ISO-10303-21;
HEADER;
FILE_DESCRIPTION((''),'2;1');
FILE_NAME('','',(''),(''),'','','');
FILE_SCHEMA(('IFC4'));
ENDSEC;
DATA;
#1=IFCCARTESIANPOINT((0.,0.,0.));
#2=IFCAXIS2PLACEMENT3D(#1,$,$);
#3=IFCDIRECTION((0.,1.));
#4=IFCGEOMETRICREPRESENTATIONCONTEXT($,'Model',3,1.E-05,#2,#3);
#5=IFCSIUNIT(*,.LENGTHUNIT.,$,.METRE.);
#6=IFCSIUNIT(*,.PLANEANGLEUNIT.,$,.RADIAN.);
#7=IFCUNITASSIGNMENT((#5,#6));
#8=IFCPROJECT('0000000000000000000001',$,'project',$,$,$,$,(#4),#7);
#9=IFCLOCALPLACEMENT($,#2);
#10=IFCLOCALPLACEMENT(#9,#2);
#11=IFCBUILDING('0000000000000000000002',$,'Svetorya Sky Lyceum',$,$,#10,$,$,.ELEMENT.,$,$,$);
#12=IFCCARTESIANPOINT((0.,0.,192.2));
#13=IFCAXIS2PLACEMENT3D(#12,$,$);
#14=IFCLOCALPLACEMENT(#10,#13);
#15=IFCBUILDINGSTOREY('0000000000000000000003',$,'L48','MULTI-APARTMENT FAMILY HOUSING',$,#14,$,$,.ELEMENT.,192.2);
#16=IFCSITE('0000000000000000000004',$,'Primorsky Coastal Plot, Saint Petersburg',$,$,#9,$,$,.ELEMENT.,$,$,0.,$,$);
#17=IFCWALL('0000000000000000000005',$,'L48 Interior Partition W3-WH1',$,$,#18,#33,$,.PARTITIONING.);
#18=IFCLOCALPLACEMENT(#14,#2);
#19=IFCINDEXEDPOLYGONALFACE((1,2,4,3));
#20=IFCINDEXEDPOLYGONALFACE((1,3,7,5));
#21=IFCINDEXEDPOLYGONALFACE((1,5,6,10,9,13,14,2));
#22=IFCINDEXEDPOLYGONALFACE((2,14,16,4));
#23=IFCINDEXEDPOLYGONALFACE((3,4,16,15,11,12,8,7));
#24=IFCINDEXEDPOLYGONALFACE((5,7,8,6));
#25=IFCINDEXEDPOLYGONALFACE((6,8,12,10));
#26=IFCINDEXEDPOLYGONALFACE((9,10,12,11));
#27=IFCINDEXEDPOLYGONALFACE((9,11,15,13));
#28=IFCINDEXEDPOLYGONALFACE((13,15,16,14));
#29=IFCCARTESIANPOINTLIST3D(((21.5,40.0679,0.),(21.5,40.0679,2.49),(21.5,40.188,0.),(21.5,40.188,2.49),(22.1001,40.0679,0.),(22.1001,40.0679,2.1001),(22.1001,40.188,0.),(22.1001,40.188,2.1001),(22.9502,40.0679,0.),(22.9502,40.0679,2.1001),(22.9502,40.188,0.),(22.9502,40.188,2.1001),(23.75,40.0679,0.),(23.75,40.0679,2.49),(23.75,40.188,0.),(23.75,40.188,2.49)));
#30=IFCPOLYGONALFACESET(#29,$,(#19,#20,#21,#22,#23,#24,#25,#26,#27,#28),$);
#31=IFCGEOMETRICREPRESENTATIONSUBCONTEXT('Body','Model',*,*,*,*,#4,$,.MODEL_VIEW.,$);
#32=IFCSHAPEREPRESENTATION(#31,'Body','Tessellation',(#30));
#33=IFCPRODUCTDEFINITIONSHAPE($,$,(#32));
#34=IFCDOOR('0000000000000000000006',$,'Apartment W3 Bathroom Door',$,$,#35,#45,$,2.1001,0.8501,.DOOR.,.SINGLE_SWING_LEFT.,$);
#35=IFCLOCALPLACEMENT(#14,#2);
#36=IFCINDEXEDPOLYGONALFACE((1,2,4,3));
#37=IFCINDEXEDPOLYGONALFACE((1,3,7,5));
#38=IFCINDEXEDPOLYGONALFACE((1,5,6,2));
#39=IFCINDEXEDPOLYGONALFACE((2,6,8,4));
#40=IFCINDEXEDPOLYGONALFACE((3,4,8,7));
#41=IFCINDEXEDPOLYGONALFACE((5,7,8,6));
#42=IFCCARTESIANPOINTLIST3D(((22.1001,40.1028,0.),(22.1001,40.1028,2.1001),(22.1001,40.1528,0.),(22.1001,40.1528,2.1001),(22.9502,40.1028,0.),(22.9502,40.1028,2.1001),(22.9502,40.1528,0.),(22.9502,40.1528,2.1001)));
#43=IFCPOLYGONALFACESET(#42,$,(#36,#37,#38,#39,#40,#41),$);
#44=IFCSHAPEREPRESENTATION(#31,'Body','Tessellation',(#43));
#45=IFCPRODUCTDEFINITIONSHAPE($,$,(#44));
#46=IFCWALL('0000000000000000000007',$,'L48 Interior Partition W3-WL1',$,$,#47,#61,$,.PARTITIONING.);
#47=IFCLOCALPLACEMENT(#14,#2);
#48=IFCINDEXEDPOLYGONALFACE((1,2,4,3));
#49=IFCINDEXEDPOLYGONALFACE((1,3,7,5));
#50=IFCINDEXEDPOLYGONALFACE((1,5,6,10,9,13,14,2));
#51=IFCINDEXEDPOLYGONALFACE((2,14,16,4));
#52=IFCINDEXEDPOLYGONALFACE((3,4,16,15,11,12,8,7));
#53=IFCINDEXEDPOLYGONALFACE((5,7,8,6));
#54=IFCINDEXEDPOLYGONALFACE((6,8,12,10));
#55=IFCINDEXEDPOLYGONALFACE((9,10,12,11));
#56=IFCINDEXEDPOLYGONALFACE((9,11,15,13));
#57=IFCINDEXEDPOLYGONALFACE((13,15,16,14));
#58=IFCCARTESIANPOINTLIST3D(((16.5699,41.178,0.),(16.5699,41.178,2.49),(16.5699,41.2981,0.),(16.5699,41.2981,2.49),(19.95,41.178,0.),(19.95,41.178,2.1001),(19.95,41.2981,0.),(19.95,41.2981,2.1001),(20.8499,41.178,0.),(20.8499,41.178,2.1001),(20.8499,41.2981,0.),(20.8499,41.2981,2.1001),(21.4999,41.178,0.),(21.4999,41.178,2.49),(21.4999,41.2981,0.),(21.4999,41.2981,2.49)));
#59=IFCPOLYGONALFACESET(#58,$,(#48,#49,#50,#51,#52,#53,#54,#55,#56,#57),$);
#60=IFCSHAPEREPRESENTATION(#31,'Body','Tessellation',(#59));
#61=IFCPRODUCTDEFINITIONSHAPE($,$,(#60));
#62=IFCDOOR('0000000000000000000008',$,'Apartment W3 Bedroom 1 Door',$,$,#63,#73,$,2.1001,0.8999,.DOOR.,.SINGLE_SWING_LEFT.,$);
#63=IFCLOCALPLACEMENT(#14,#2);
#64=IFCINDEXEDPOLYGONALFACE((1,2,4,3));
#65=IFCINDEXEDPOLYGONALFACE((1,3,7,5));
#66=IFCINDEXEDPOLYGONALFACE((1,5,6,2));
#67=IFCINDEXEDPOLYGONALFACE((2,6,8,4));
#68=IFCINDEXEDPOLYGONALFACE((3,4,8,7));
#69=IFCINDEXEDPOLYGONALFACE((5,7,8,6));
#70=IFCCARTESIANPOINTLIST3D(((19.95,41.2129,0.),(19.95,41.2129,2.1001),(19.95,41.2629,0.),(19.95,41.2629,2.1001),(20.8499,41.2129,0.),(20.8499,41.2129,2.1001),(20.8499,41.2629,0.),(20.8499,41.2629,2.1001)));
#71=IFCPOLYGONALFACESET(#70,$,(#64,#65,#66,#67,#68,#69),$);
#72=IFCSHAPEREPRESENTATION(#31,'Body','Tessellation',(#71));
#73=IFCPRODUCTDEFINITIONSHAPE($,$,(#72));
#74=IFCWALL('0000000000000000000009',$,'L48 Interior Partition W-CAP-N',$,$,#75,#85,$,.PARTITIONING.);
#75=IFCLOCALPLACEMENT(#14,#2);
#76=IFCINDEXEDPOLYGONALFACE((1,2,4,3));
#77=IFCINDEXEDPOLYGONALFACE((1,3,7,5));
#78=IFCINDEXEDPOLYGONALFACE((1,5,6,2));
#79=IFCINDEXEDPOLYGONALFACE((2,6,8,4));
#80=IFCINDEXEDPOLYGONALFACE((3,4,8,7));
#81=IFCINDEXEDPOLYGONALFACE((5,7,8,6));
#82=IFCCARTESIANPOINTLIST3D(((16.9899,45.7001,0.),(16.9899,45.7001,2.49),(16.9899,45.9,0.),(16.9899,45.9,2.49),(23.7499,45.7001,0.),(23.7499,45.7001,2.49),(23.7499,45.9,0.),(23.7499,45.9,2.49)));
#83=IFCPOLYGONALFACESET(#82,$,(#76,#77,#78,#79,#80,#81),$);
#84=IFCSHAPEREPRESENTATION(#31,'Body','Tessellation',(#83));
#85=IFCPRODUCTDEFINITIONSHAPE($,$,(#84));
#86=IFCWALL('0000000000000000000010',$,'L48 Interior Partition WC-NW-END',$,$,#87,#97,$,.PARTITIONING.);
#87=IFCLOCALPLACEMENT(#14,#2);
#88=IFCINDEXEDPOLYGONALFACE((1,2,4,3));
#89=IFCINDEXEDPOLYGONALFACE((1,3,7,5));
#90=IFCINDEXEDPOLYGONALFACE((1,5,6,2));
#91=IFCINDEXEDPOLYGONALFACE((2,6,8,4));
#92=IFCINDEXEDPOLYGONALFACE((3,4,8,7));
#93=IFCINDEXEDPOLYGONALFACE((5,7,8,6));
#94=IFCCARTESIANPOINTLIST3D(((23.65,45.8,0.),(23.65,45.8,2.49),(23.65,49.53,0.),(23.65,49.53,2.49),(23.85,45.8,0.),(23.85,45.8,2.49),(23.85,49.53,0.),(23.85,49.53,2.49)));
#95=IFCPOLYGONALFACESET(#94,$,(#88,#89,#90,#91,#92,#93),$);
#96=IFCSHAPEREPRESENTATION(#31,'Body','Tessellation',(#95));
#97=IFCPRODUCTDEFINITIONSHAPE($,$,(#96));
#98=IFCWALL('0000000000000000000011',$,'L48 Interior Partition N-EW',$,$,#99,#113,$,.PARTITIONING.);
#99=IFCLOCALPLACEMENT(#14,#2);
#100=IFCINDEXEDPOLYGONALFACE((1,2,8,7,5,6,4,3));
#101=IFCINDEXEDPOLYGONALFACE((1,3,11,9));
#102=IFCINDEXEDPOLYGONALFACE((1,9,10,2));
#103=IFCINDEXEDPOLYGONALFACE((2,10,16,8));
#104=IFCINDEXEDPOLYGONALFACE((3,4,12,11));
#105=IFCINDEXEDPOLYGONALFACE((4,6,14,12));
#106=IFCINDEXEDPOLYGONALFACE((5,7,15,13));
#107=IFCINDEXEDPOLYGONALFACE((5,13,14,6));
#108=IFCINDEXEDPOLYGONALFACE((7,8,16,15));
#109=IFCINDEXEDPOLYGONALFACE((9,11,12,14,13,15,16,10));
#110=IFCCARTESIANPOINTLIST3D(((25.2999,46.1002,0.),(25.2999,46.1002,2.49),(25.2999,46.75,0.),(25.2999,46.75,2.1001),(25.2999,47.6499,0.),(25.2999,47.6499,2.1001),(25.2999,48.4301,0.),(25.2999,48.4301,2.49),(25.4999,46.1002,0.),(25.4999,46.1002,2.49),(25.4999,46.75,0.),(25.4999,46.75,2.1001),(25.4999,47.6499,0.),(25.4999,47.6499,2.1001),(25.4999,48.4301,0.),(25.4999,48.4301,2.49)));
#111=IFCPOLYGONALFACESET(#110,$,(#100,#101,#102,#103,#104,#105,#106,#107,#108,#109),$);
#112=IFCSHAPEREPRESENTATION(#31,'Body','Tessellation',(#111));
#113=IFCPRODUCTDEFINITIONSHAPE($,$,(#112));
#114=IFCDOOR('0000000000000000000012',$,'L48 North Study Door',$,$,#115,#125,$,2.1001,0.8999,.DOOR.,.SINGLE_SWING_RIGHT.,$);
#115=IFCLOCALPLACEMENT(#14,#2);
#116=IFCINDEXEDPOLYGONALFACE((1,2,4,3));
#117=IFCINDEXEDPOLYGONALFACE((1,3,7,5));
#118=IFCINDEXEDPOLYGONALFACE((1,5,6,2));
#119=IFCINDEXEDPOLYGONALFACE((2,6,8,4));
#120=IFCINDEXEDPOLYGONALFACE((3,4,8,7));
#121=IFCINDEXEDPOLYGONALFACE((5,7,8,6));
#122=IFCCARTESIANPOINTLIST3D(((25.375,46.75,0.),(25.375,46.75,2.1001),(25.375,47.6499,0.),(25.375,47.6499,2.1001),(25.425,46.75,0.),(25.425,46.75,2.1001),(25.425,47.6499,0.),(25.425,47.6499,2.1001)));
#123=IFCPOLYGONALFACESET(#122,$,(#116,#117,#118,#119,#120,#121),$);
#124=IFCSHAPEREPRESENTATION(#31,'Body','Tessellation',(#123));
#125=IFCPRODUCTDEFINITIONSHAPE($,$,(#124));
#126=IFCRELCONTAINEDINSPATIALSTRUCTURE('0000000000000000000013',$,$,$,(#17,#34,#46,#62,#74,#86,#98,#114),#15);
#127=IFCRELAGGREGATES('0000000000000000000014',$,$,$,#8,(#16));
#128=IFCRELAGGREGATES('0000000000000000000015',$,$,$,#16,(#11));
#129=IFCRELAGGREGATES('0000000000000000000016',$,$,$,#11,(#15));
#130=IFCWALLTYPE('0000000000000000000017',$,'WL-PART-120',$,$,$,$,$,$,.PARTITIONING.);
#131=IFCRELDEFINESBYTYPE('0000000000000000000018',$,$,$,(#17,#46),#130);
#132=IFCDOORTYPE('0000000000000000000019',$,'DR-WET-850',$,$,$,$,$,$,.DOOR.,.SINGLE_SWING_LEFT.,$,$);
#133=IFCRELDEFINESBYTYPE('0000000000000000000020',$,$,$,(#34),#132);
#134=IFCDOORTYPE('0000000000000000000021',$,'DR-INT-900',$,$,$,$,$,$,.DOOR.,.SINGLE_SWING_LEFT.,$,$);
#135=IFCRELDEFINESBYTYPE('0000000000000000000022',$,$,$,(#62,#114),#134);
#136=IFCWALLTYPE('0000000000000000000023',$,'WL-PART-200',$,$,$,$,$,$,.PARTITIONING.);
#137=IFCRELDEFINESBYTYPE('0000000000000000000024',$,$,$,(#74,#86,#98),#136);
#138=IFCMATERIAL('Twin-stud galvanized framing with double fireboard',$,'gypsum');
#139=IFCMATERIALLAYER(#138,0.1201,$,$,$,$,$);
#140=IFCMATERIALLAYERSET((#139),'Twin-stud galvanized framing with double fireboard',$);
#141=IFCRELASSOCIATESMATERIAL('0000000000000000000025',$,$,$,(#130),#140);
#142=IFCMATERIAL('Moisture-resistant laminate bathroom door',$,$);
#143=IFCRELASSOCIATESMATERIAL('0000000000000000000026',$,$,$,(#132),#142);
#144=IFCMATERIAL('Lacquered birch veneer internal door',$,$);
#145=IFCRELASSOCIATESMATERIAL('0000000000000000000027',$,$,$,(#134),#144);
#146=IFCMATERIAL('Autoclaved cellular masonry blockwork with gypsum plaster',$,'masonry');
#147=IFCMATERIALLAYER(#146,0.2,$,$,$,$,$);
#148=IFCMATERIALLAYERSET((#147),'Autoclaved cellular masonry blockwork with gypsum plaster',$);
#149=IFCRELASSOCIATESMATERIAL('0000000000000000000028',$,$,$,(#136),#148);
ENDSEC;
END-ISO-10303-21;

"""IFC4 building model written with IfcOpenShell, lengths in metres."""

from ifc_helpers import new_model, si_unit, direction, frame, frame_2d, origin, place, context, subcontext, project, spatial, rectangle, extrude, material, layer, layer_set, type_object, element, fill, save


model = new_model("IFC4")

# Units and contexts
model_context = context("Model", 3, precision=1e-05, world=origin(), true_north=direction((0.0, 1.0)))
body_context = subcontext(model_context, "Body", "Model", "MODEL_VIEW")
ifc_project = project(units=[si_unit("LENGTHUNIT", "METRE"), si_unit("PLANEANGLEUNIT", "RADIAN")], contexts=[model_context])

# Site, building, storey
site_placement = place(None, origin())
site = spatial("IfcSite", under=ifc_project, at=site_placement, Name="Primorsky Coastal Plot, Saint Petersburg", CompositionType="ELEMENT", RefElevation=0.0)
building_placement = place(site_placement, origin())
building = spatial("IfcBuilding", under=site, at=building_placement, Name="Svetorya Sky Lyceum", CompositionType="ELEMENT")
storey_placement = place(building_placement, frame((0.0, 0.0, 192.2)))
storey = spatial("IfcBuildingStorey", under=building, at=storey_placement, Name="L48", Description="MULTI-APARTMENT FAMILY HOUSING", CompositionType="ELEMENT", Elevation=192.2)

# Walls, openings, doors
ifc_material_1 = material(Name="Twin-stud galvanized framing with double fireboard", Category="gypsum")
ifc_layer_1 = layer(ifc_material_1, 0.1201)
ifc_layer_set_1 = layer_set([ifc_layer_1], Name="Twin-stud galvanized framing with double fireboard")
wall_type_1 = type_object("IfcWallType", Name="WL-PART-120", PredefinedType="PARTITIONING", material=ifc_layer_set_1)
wall_1_placement = place(storey_placement, frame((21.5, 40.1279, 0.0), z_axis=(0.0, 0.0, 1.0), x_axis=(1.0, 0.0, 0.0)))
wall_1 = element("IfcWall", 1, at=wall_1_placement, inside=storey, type_object=wall_type_1, Name="L48 Interior Partition W3-WH1", PredefinedType="PARTITIONING", context=body_context, shape_type="SweptSolid", body=[
    extrude(rectangle(XDim=2.25, YDim=0.1201, at=frame_2d((1.125, 0.0))), origin(), (0.0, 0.0, 1.0), 2.49),
])
opening_1_placement = place(wall_1_placement, frame((0.6001, 0.0, 0.0)))
opening_1 = element("IfcOpeningElement", 2, at=opening_1_placement, cuts=wall_1, PredefinedType="OPENING", context=body_context, shape_type="SweptSolid", body=[
    extrude(rectangle(XDim=0.8501, YDim=2.1001, at=frame_2d((0.425, 1.05))), frame((0.0, 0.0701, 0.0), z_axis=(0.0, -1.0, 0.0), x_axis=(1.0, 0.0, 0.0)), (0.0, 0.0, 1.0), 0.1401),
])
ifc_material_2 = material(Name="Moisture-resistant laminate bathroom door")
door_type_1 = type_object("IfcDoorType", Name="DR-WET-850", OperationType="SINGLE_SWING_LEFT", PredefinedType="DOOR", material=ifc_material_2)
door_1_placement = place(opening_1_placement, origin())
door_1 = element("IfcDoor", 3, at=door_1_placement, inside=storey, type_object=door_type_1, Name="Apartment W3 Bathroom Door", OperationType="SINGLE_SWING_LEFT", OverallHeight=2.1001, OverallWidth=0.8501, PredefinedType="DOOR", context=body_context, shape_type="SweptSolid", body=[
    extrude(rectangle(XDim=0.8501, YDim=2.1001, at=frame_2d((0.425, 1.05))), frame((0.0, 0.0249, 0.0), z_axis=(0.0, -1.0, 0.0), x_axis=(1.0, 0.0, 0.0)), (0.0, 0.0, 1.0), 0.05),
])
fill(opening_1, door_1)
wall_2_placement = place(storey_placement, frame((16.5701, 41.238, 0.0), z_axis=(0.0, 0.0, 1.0), x_axis=(1.0, 0.0, 0.0)))
wall_2 = element("IfcWall", 4, at=wall_2_placement, inside=storey, type_object=wall_type_1, Name="L48 Interior Partition W3-WL1", PredefinedType="PARTITIONING", context=body_context, shape_type="SweptSolid", body=[
    extrude(rectangle(XDim=4.9299, YDim=0.1201, at=frame_2d((2.4648, 0.0))), origin(), (0.0, 0.0, 1.0), 2.49),
])
opening_2_placement = place(wall_2_placement, frame((3.3799, 0.0, 0.0)))
opening_2 = element("IfcOpeningElement", 5, at=opening_2_placement, cuts=wall_2, PredefinedType="OPENING", context=body_context, shape_type="SweptSolid", body=[
    extrude(rectangle(XDim=0.8999, YDim=2.1001, at=frame_2d((0.45, 1.05))), frame((0.0, 0.0701, 0.0), z_axis=(0.0, -1.0, 0.0), x_axis=(1.0, 0.0, 0.0)), (0.0, 0.0, 1.0), 0.1401),
])
ifc_material_3 = material(Name="Lacquered birch veneer internal door")
door_type_2 = type_object("IfcDoorType", Name="DR-INT-900", OperationType="SINGLE_SWING_LEFT", PredefinedType="DOOR", material=ifc_material_3)
door_2_placement = place(opening_2_placement, origin())
door_2 = element("IfcDoor", 6, at=door_2_placement, inside=storey, type_object=door_type_2, Name="Apartment W3 Bedroom 1 Door", OperationType="SINGLE_SWING_LEFT", OverallHeight=2.1001, OverallWidth=0.8999, PredefinedType="DOOR", context=body_context, shape_type="SweptSolid", body=[
    extrude(rectangle(XDim=0.8999, YDim=2.1001, at=frame_2d((0.45, 1.05))), frame((0.0, 0.0249, 0.0), z_axis=(0.0, -1.0, 0.0), x_axis=(1.0, 0.0, 0.0)), (0.0, 0.0, 1.0), 0.05),
])
fill(opening_2, door_2)

# Walls
ifc_material_4 = material(Name="Autoclaved cellular masonry blockwork with gypsum plaster", Category="masonry")
ifc_layer_2 = layer(ifc_material_4, 0.2)
ifc_layer_set_2 = layer_set([ifc_layer_2], Name="Autoclaved cellular masonry blockwork with gypsum plaster")
wall_type_2 = type_object("IfcWallType", Name="WL-PART-200", PredefinedType="PARTITIONING", material=ifc_layer_set_2)
wall_3_placement = place(storey_placement, frame((16.99, 45.8, 0.0), z_axis=(0.0, 0.0, 1.0), x_axis=(1.0, 0.0, 0.0)))
element("IfcWall", 7, at=wall_3_placement, inside=storey, type_object=wall_type_2, Name="L48 Interior Partition W-CAP-N", PredefinedType="PARTITIONING", context=body_context, shape_type="SweptSolid", body=[
    extrude(rectangle(XDim=6.76, YDim=0.2, at=frame_2d((3.3799, 0.0))), origin(), (0.0, 0.0, 1.0), 2.49),
])
wall_4_placement = place(storey_placement, frame((23.75, 45.8, 0.0), z_axis=(0.0, 0.0, 1.0), x_axis=(0.0, 1.0, 0.0)))
element("IfcWall", 8, at=wall_4_placement, inside=storey, type_object=wall_type_2, Name="L48 Interior Partition WC-NW-END", PredefinedType="PARTITIONING", context=body_context, shape_type="SweptSolid", body=[
    extrude(rectangle(XDim=3.73, YDim=0.2, at=frame_2d((1.865, 0.0))), origin(), (0.0, 0.0, 1.0), 2.49),
])

# Wall, opening, door
wall_5_placement = place(storey_placement, frame((25.3999, 46.1001, 0.0), z_axis=(0.0, 0.0, 1.0), x_axis=(0.0, 1.0, 0.0)))
wall_5 = element("IfcWall", 9, at=wall_5_placement, inside=storey, type_object=wall_type_2, Name="L48 Interior Partition N-EW", PredefinedType="PARTITIONING", context=body_context, shape_type="SweptSolid", body=[
    extrude(rectangle(XDim=2.3298, YDim=0.2, at=frame_2d((1.165, 0.0))), origin(), (0.0, 0.0, 1.0), 2.49),
])
opening_3_placement = place(wall_5_placement, frame((0.6499, 0.0, 0.0)))
opening_3 = element("IfcOpeningElement", 10, at=opening_3_placement, cuts=wall_5, PredefinedType="OPENING", context=body_context, shape_type="SweptSolid", body=[
    extrude(rectangle(XDim=0.8999, YDim=2.1001, at=frame_2d((0.45, 1.05))), frame((0.0, 0.1099, 0.0), z_axis=(0.0, -1.0, 0.0), x_axis=(1.0, 0.0, 0.0)), (0.0, 0.0, 1.0), 0.22),
])
door_3_placement = place(opening_3_placement, origin())
door_3 = element("IfcDoor", 11, at=door_3_placement, inside=storey, type_object=door_type_2, Name="L48 North Study Door", OperationType="SINGLE_SWING_RIGHT", OverallHeight=2.1001, OverallWidth=0.8999, PredefinedType="DOOR", context=body_context, shape_type="SweptSolid", body=[
    extrude(rectangle(XDim=0.8999, YDim=2.1001, at=frame_2d((0.45, 1.05))), frame((0.0, 0.0249, 0.0), z_axis=(0.0, -1.0, 0.0), x_axis=(1.0, 0.0, 0.0)), (0.0, 0.0, 1.0), 0.05),
])
fill(opening_3, door_3)

save(model, "model.ifc")
